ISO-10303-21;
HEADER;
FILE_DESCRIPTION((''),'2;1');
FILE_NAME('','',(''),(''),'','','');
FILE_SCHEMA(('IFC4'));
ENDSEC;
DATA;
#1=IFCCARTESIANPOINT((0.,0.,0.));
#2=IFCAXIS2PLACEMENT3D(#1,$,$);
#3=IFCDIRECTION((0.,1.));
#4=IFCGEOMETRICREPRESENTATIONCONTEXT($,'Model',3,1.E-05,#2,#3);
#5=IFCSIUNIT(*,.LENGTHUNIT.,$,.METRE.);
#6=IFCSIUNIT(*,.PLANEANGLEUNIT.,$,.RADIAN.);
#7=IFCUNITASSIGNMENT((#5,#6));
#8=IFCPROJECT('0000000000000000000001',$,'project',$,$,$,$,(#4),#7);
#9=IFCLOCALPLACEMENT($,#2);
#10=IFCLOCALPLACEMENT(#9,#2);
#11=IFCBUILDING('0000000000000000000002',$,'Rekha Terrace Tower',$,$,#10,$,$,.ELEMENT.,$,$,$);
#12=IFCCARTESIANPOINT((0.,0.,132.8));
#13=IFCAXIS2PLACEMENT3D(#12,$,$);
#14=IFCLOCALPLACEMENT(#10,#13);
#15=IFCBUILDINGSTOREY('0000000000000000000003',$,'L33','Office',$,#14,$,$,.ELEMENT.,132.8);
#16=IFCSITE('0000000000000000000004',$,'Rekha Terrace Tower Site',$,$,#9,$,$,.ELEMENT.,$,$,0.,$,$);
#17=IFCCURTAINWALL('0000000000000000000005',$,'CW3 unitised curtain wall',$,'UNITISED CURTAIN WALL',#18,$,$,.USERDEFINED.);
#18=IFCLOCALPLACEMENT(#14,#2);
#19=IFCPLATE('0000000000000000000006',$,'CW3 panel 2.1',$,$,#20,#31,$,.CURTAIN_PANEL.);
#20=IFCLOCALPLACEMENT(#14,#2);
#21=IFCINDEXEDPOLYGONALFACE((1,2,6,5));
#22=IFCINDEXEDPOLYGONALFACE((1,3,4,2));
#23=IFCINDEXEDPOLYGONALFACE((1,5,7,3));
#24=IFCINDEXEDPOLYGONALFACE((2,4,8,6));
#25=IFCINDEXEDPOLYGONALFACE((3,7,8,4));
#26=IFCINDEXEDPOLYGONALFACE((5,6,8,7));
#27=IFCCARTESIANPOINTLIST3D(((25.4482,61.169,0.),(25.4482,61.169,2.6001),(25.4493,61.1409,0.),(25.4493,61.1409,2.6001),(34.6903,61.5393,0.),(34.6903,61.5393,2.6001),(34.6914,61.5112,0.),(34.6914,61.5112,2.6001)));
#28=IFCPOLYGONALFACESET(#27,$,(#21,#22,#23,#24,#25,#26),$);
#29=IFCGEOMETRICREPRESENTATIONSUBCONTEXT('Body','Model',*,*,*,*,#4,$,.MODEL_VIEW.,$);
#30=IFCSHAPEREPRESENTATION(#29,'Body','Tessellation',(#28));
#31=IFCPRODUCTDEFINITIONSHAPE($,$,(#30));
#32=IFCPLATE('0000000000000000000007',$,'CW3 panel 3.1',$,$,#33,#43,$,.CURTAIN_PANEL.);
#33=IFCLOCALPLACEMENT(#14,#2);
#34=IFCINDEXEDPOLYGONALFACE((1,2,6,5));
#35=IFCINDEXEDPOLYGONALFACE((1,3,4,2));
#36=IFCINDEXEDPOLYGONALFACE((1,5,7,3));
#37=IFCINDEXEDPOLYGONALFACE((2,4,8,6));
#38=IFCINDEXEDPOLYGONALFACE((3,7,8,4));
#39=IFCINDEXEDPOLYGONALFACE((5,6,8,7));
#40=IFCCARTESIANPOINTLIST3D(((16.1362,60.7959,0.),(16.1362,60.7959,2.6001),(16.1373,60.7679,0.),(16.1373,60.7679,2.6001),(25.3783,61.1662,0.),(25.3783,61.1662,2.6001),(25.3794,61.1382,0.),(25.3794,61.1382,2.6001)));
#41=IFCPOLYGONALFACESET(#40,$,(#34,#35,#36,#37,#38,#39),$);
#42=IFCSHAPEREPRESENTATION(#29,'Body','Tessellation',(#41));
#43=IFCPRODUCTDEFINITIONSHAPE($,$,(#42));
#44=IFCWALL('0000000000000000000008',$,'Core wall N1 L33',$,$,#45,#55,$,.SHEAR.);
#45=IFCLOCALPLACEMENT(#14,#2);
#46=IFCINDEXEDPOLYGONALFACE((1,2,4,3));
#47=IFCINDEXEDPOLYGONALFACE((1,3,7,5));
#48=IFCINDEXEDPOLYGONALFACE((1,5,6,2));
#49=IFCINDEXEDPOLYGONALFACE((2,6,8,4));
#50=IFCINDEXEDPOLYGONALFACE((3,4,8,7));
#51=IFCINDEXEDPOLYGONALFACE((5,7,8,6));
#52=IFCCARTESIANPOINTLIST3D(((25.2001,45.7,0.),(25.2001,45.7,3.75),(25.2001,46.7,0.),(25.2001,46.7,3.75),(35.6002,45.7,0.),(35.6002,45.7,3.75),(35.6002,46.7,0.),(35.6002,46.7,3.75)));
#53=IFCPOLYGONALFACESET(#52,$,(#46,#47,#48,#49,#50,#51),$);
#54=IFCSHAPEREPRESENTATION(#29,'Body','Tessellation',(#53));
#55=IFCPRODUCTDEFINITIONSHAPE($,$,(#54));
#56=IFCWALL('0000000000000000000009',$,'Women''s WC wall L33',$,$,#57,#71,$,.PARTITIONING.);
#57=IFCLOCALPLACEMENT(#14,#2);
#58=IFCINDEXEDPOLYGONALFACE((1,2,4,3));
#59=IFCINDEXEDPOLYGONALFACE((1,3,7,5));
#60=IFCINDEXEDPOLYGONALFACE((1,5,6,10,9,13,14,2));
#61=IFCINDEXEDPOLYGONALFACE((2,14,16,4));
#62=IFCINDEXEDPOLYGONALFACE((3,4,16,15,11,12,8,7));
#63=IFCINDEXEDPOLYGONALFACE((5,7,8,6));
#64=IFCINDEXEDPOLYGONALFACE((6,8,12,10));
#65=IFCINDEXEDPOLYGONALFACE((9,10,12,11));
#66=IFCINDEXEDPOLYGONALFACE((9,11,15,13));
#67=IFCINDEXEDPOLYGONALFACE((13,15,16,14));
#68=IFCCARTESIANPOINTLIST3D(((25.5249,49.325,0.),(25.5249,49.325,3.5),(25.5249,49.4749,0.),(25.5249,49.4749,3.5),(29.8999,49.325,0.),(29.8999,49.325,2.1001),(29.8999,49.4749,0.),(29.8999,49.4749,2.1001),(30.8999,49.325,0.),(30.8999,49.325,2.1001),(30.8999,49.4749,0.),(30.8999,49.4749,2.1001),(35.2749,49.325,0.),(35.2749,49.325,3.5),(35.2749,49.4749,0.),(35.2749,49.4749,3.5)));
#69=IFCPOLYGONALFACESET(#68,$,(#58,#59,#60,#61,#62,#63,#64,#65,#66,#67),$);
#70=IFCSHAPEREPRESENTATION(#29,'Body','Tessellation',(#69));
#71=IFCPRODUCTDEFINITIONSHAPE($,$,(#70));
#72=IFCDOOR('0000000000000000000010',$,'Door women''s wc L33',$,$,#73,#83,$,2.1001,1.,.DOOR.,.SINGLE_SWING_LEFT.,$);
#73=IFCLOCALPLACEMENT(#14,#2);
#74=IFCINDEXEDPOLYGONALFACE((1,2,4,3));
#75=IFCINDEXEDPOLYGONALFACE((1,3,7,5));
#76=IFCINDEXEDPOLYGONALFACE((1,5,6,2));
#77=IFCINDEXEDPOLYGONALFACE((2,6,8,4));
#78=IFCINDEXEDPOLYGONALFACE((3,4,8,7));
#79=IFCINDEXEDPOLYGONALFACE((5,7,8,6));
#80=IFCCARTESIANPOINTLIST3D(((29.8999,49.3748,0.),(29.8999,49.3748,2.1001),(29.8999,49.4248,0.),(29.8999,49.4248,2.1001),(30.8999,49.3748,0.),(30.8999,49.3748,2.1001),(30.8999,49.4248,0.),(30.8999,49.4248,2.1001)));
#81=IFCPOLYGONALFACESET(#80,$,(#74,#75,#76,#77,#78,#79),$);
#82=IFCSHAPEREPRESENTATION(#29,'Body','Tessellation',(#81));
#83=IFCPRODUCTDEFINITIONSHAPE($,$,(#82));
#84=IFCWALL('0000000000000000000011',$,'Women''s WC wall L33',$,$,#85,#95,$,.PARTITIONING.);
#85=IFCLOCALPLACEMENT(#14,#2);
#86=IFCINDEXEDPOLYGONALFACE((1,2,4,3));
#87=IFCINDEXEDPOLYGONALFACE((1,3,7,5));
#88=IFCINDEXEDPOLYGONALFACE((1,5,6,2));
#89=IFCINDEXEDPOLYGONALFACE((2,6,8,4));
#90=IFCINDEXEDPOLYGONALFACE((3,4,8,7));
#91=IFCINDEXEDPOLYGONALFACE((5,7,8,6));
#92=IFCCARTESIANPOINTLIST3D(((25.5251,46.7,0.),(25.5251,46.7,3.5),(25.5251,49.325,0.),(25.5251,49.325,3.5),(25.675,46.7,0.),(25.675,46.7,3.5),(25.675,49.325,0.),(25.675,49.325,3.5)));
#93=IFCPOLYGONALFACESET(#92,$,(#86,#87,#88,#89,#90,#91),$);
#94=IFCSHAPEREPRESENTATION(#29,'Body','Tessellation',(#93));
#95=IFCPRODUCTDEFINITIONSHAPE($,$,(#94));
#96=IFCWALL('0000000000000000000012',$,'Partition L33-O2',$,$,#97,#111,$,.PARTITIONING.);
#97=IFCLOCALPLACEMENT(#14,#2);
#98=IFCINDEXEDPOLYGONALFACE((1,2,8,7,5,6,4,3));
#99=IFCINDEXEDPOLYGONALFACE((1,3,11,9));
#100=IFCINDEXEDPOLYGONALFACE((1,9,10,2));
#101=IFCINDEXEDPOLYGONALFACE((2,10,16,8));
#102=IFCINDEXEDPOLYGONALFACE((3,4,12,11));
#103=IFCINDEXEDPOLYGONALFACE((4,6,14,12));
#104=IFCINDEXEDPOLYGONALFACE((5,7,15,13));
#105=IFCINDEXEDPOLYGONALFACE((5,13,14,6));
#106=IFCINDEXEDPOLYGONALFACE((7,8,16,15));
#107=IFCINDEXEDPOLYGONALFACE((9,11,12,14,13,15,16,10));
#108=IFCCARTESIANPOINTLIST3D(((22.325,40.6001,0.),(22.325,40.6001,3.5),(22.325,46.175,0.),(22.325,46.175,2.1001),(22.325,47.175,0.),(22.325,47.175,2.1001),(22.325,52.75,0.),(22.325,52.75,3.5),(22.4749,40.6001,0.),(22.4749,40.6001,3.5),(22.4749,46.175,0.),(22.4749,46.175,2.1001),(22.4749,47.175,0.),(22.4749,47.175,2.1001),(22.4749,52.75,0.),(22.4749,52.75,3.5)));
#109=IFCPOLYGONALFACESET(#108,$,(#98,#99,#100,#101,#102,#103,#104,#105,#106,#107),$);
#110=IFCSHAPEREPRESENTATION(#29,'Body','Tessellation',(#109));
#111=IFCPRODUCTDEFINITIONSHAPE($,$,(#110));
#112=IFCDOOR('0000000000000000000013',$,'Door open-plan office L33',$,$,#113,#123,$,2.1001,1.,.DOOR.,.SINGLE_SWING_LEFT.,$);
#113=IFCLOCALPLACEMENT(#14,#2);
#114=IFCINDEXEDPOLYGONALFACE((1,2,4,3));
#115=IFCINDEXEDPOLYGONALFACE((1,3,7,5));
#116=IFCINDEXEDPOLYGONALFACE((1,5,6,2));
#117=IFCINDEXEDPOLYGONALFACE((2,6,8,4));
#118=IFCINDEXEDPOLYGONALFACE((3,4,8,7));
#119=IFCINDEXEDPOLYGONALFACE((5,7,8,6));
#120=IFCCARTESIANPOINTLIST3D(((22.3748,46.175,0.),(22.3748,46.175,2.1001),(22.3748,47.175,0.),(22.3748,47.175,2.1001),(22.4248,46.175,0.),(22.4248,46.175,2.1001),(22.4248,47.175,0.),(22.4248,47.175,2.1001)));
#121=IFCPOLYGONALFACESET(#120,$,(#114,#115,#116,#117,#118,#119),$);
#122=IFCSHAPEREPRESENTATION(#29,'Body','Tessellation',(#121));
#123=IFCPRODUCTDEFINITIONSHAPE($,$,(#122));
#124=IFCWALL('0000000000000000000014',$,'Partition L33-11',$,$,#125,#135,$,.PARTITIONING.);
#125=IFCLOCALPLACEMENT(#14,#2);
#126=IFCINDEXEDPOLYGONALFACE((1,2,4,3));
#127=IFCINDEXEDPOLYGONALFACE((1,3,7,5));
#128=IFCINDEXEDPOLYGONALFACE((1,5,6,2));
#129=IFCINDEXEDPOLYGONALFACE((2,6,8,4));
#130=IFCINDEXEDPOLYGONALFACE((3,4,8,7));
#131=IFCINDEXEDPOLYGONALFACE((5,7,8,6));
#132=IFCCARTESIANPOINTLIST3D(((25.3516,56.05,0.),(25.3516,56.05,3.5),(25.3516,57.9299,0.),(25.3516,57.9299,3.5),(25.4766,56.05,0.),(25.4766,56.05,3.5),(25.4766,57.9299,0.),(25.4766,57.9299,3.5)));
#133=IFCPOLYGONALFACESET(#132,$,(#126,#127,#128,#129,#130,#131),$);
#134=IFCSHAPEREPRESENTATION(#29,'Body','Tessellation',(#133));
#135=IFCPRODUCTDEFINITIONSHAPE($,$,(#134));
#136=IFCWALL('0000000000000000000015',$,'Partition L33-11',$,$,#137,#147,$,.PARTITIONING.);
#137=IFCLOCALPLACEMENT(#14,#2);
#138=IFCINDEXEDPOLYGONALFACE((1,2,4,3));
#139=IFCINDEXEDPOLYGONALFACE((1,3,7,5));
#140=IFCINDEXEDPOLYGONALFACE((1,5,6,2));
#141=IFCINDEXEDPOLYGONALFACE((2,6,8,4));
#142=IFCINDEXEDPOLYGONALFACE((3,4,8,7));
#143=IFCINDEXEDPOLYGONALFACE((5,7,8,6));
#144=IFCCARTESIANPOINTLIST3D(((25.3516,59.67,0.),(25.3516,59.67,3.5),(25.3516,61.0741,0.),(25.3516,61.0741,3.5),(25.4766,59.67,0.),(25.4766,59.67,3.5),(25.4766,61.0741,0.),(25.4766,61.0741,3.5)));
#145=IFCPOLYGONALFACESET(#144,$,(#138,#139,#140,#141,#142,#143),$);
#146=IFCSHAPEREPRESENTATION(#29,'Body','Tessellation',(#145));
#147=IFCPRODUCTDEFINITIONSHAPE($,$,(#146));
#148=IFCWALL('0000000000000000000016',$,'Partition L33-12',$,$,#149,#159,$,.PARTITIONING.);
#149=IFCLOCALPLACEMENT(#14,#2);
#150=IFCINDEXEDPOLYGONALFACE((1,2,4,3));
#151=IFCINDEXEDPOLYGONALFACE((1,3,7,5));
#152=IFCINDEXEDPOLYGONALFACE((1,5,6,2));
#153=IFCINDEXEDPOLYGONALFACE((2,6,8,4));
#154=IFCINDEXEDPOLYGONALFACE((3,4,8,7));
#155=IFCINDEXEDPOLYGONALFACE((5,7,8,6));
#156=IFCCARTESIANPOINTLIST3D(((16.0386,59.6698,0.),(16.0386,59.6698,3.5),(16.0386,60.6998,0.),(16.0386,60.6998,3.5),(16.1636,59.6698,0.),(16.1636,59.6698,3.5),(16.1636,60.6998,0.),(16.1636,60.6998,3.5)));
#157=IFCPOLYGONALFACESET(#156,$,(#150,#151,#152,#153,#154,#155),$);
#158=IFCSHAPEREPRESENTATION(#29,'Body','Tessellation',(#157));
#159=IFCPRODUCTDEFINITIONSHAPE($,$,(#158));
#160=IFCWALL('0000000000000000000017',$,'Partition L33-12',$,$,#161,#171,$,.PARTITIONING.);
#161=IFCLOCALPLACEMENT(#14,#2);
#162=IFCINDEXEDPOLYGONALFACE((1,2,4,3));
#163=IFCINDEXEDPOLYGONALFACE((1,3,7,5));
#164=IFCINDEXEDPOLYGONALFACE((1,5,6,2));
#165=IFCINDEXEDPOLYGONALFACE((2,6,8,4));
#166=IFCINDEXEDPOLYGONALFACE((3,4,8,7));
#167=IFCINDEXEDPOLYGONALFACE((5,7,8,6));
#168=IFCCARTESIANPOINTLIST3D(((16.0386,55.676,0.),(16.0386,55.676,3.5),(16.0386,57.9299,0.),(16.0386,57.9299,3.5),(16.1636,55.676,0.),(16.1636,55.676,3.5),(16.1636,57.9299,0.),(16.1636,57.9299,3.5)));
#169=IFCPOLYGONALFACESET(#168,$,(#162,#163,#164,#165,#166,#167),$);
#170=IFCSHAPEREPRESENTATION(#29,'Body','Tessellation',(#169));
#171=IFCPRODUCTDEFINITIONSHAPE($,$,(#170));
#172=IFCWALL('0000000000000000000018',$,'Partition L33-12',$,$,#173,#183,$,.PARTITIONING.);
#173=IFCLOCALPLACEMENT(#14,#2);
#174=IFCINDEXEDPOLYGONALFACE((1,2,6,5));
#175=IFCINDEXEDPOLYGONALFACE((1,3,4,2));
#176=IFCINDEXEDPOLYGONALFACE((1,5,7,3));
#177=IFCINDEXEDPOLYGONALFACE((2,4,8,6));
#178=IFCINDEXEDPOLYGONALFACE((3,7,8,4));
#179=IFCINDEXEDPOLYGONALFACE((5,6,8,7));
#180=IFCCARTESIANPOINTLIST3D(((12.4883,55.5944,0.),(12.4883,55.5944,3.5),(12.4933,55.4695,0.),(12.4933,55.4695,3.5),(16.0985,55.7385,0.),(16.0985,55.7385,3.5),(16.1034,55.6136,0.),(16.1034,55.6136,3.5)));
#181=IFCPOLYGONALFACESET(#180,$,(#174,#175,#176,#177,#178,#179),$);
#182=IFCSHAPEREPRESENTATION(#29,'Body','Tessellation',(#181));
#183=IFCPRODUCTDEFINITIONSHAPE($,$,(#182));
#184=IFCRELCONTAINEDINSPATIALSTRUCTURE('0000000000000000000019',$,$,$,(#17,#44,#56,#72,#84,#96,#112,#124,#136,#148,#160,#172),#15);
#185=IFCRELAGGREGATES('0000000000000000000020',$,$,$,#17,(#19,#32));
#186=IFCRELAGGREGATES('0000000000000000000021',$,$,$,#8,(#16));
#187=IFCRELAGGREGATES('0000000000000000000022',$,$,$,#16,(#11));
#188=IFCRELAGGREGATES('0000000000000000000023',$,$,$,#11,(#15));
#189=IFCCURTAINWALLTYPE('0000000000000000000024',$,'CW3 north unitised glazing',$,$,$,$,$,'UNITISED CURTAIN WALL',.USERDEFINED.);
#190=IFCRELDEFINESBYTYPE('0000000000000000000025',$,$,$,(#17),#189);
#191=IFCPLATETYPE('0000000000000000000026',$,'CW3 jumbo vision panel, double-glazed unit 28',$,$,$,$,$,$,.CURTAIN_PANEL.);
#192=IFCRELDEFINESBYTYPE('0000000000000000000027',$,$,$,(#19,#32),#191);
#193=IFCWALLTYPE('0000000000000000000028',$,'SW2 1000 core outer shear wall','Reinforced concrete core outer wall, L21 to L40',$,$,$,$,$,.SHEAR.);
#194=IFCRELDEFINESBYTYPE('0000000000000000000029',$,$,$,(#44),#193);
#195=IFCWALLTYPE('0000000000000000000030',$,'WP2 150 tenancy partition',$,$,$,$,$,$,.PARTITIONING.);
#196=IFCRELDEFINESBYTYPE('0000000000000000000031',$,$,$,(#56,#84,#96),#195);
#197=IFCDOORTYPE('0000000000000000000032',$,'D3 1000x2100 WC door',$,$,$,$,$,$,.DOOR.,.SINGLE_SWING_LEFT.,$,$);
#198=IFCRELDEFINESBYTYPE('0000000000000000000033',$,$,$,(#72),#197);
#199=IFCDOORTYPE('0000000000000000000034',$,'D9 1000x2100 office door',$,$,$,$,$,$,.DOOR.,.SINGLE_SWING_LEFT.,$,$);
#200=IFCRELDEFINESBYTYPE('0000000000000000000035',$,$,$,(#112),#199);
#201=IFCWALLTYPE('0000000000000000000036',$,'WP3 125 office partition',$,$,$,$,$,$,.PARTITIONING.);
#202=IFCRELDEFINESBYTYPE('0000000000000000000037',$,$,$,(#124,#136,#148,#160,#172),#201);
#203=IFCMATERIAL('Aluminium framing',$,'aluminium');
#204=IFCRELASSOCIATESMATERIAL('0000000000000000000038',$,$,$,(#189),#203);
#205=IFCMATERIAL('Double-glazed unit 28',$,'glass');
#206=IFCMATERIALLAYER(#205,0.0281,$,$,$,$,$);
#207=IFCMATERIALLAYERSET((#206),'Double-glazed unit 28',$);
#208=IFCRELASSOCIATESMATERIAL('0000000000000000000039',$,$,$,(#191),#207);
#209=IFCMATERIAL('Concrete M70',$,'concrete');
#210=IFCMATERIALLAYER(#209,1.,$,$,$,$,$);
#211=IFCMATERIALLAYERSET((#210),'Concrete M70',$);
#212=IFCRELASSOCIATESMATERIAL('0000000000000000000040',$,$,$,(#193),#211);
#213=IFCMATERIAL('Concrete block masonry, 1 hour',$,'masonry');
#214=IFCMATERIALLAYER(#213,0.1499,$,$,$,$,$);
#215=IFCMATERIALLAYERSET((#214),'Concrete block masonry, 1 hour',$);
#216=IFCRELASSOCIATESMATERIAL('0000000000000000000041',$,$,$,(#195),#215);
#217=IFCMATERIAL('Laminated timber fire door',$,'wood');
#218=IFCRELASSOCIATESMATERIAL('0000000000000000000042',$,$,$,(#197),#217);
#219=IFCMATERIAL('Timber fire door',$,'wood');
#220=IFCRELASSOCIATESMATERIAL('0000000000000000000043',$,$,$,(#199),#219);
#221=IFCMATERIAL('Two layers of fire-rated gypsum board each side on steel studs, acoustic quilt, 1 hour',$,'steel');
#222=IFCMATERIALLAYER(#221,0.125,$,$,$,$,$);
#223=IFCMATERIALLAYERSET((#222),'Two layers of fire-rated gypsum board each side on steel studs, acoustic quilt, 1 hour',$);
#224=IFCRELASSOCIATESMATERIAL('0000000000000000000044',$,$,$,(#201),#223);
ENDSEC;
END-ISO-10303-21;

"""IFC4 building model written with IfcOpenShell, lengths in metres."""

from ifc_helpers import new_model, si_unit, direction, frame, frame_2d, origin, origin_2d, place, context, subcontext, project, spatial, rectangle, extrude, material, layer, layer_set, type_object, element, fill, aggregate, save


model = new_model("IFC4")

# Units and contexts
model_context = context("Model", 3, precision=1e-05, world=origin(), true_north=direction((0.0, 1.0)))
body_context = subcontext(model_context, "Body", "Model", "MODEL_VIEW")
ifc_project = project(units=[si_unit("LENGTHUNIT", "METRE"), si_unit("PLANEANGLEUNIT", "RADIAN")], contexts=[model_context])

# Site, building, storey
site_placement = place(None, origin())
site = spatial("IfcSite", under=ifc_project, at=site_placement, Name="Rekha Terrace Tower Site", CompositionType="ELEMENT", RefElevation=0.0)
building_placement = place(site_placement, origin())
building = spatial("IfcBuilding", under=site, at=building_placement, Name="Rekha Terrace Tower", CompositionType="ELEMENT")
storey_placement = place(building_placement, frame((0.0, 0.0, 132.8)))
storey = spatial("IfcBuildingStorey", under=building, at=storey_placement, Name="L33", Description="Office", CompositionType="ELEMENT", Elevation=132.8)

# Shared definitions
ifc_material_1 = material(Name="Concrete M70", Category="concrete")

# Curtain wall, plates
ifc_material_2 = material(Name="Aluminium framing", Category="aluminium")
curtain_wall_type = type_object("IfcCurtainWallType", Name="CW3 north unitised glazing", ElementType="UNITISED CURTAIN WALL", PredefinedType="USERDEFINED", material=ifc_material_2)
curtain_wall_placement = place(storey_placement, origin())
curtain_wall = element("IfcCurtainWall", 1, at=curtain_wall_placement, inside=storey, type_object=curtain_wall_type, Name="CW3 unitised curtain wall", ObjectType="UNITISED CURTAIN WALL", PredefinedType="USERDEFINED")
ifc_material_3 = material(Name="Double-glazed unit 28", Category="glass")
ifc_layer_1 = layer(ifc_material_3, 0.0281)
ifc_layer_set_1 = layer_set([ifc_layer_1], Name="Double-glazed unit 28")
plate_type = type_object("IfcPlateType", Name="CW3 jumbo vision panel, double-glazed unit 28", PredefinedType="CURTAIN_PANEL", material=ifc_layer_set_1)
plate_1_placement = place(storey_placement, frame((30.0698, 61.3401, 0.0), z_axis=(0.0, 0.0, 1.0), x_axis=(-0.999198, -0.040032, 0.0)))
plate_1 = element("IfcPlate", 2, at=plate_1_placement, type_object=plate_type, Name="CW3 panel 2.1", PredefinedType="CURTAIN_PANEL", context=body_context, shape_type="SweptSolid", body=[
    extrude(rectangle(XDim=9.2495, YDim=0.0281, at=origin_2d()), origin(), (0.0, 0.0, 1.0), 2.6001),
])
plate_2_placement = place(storey_placement, frame((20.7578, 60.967, 0.0), z_axis=(0.0, 0.0, 1.0), x_axis=(-0.999198, -0.040032, 0.0)))
plate_2 = element("IfcPlate", 3, at=plate_2_placement, type_object=plate_type, Name="CW3 panel 3.1", PredefinedType="CURTAIN_PANEL", context=body_context, shape_type="SweptSolid", body=[
    extrude(rectangle(XDim=9.2495, YDim=0.0281, at=origin_2d()), origin(), (0.0, 0.0, 1.0), 2.6001),
])
aggregate(curtain_wall, [plate_1, plate_2])

# Wall
ifc_layer_2 = layer(ifc_material_1, 1.0)
ifc_layer_set_2 = layer_set([ifc_layer_2], Name="Concrete M70")
wall_type_1 = type_object("IfcWallType", Name="SW2 1000 core outer shear wall", Description="Reinforced concrete core outer wall, L21 to L40", PredefinedType="SHEAR", material=ifc_layer_set_2)
wall_1_placement = place(storey_placement, frame((25.2, 46.2, 0.0), z_axis=(0.0, 0.0, 1.0), x_axis=(1.0, 0.0, 0.0)))
element("IfcWall", 4, at=wall_1_placement, inside=storey, type_object=wall_type_1, Name="Core wall N1 L33", PredefinedType="SHEAR", context=body_context, shape_type="SweptSolid", body=[
    extrude(rectangle(XDim=10.4001, YDim=1.0, at=frame_2d((5.2002, 0.0))), origin(), (0.0, 0.0, 1.0), 3.75),
])

# Wall, opening, door
ifc_material_4 = material(Name="Concrete block masonry, 1 hour", Category="masonry")
ifc_layer_3 = layer(ifc_material_4, 0.1499)
ifc_layer_set_3 = layer_set([ifc_layer_3], Name="Concrete block masonry, 1 hour")
wall_type_2 = type_object("IfcWallType", Name="WP2 150 tenancy partition", PredefinedType="PARTITIONING", material=ifc_layer_set_3)
wall_2_placement = place(storey_placement, frame((25.5249, 49.3999, 0.0), z_axis=(0.0, 0.0, 1.0), x_axis=(1.0, 0.0, 0.0)))
wall_2 = element("IfcWall", 5, at=wall_2_placement, inside=storey, type_object=wall_type_2, Name="Women's WC wall L33", PredefinedType="PARTITIONING", context=body_context, shape_type="SweptSolid", body=[
    extrude(rectangle(XDim=9.75, YDim=0.1499, at=frame_2d((4.875, 0.0))), origin(), (0.0, 0.0, 1.0), 3.5),
])
opening_1_placement = place(wall_2_placement, frame((4.375, 0.0, 0.0)))
opening_1 = element("IfcOpeningElement", 6, at=opening_1_placement, cuts=wall_2, PredefinedType="OPENING", context=body_context, shape_type="SweptSolid", body=[
    extrude(rectangle(XDim=1.0, YDim=2.1001, at=frame_2d((0.5, 1.05))), frame((0.0, 0.085, 0.0), z_axis=(0.0, -1.0, 0.0), x_axis=(1.0, 0.0, 0.0)), (0.0, 0.0, 1.0), 0.1699),
])
ifc_material_5 = material(Name="Laminated timber fire door", Category="wood")
door_type_1 = type_object("IfcDoorType", Name="D3 1000x2100 WC door", OperationType="SINGLE_SWING_LEFT", PredefinedType="DOOR", material=ifc_material_5)
door_1_placement = place(opening_1_placement, origin())
door_1 = element("IfcDoor", 7, at=door_1_placement, inside=storey, type_object=door_type_1, Name="Door women's wc L33", OperationType="SINGLE_SWING_LEFT", OverallHeight=2.1001, OverallWidth=1.0, PredefinedType="DOOR", context=body_context, shape_type="SweptSolid", body=[
    extrude(rectangle(XDim=1.0, YDim=2.1001, at=frame_2d((0.5, 1.05))), frame((0.0, 0.0249, 0.0), z_axis=(0.0, -1.0, 0.0), x_axis=(1.0, 0.0, 0.0)), (0.0, 0.0, 1.0), 0.05),
])
fill(opening_1, door_1)

# Wall
wall_3_placement = place(storey_placement, frame((25.6001, 46.7, 0.0), z_axis=(0.0, 0.0, 1.0), x_axis=(0.0, 1.0, 0.0)))
element("IfcWall", 8, at=wall_3_placement, inside=storey, type_object=wall_type_2, Name="Women's WC wall L33", PredefinedType="PARTITIONING", context=body_context, shape_type="SweptSolid", body=[
    extrude(rectangle(XDim=2.625, YDim=0.1499, at=frame_2d((1.3125, 0.0))), origin(), (0.0, 0.0, 1.0), 3.5),
])

# Wall, opening, door
wall_4_placement = place(storey_placement, frame((22.3999, 52.75, 0.0), z_axis=(0.0, 0.0, 1.0), x_axis=(0.0, -1.0, 0.0)))
wall_4 = element("IfcWall", 9, at=wall_4_placement, inside=storey, type_object=wall_type_2, Name="Partition L33-O2", PredefinedType="PARTITIONING", context=body_context, shape_type="SweptSolid", body=[
    extrude(rectangle(XDim=12.1499, YDim=0.1499, at=frame_2d((6.075, 0.0))), origin(), (0.0, 0.0, 1.0), 3.5),
])
opening_2_placement = place(wall_4_placement, frame((5.575, 0.0, 0.0)))
opening_2 = element("IfcOpeningElement", 10, at=opening_2_placement, cuts=wall_4, PredefinedType="OPENING", context=body_context, shape_type="SweptSolid", body=[
    extrude(rectangle(XDim=1.0, YDim=2.1001, at=frame_2d((0.5, 1.05))), frame((0.0, 0.085, 0.0), z_axis=(0.0, -1.0, 0.0), x_axis=(1.0, 0.0, 0.0)), (0.0, 0.0, 1.0), 0.1699),
])
ifc_material_6 = material(Name="Timber fire door", Category="wood")
door_type_2 = type_object("IfcDoorType", Name="D9 1000x2100 office door", OperationType="SINGLE_SWING_LEFT", PredefinedType="DOOR", material=ifc_material_6)
door_2_placement = place(opening_2_placement, origin())
door_2 = element("IfcDoor", 11, at=door_2_placement, inside=storey, type_object=door_type_2, Name="Door open-plan office L33", OperationType="SINGLE_SWING_LEFT", OverallHeight=2.1001, OverallWidth=1.0, PredefinedType="DOOR", context=body_context, shape_type="SweptSolid", body=[
    extrude(rectangle(XDim=1.0, YDim=2.1001, at=frame_2d((0.5, 1.05))), frame((0.0, 0.0249, 0.0), z_axis=(0.0, -1.0, 0.0), x_axis=(1.0, 0.0, 0.0)), (0.0, 0.0, 1.0), 0.05),
])
fill(opening_2, door_2)

# Walls
ifc_material_7 = material(Name="Two layers of fire-rated gypsum board each side on steel studs, acoustic quilt, 1 hour", Category="steel")
ifc_layer_4 = layer(ifc_material_7, 0.125)
ifc_layer_set_4 = layer_set([ifc_layer_4], Name="Two layers of fire-rated gypsum board each side on steel studs, acoustic quilt, 1 hour")
wall_type_3 = type_object("IfcWallType", Name="WP3 125 office partition", PredefinedType="PARTITIONING", material=ifc_layer_set_4)
wall_5_placement = place(storey_placement, frame((25.4141, 56.05, 0.0), z_axis=(0.0, 0.0, 1.0), x_axis=(0.0, 1.0, 0.0)))
element("IfcWall", 12, at=wall_5_placement, inside=storey, type_object=wall_type_3, Name="Partition L33-11", PredefinedType="PARTITIONING", context=body_context, shape_type="SweptSolid", body=[
    extrude(rectangle(XDim=1.8799, YDim=0.125, at=frame_2d((0.9399, 0.0))), origin(), (0.0, 0.0, 1.0), 3.5),
])
wall_6_placement = place(storey_placement, frame((25.4141, 59.6699, 0.0), z_axis=(0.0, 0.0, 1.0), x_axis=(0.0, 1.0, 0.0)))
element("IfcWall", 13, at=wall_6_placement, inside=storey, type_object=wall_type_3, Name="Partition L33-11", PredefinedType="PARTITIONING", context=body_context, shape_type="SweptSolid", body=[
    extrude(rectangle(XDim=1.4041, YDim=0.125, at=frame_2d((0.7021, 0.0))), origin(), (0.0, 0.0, 1.0), 3.5),
])
wall_7_placement = place(storey_placement, frame((16.1011, 60.7, 0.0), z_axis=(0.0, 0.0, 1.0), x_axis=(0.0, -1.0, 0.0)))
element("IfcWall", 14, at=wall_7_placement, inside=storey, type_object=wall_type_3, Name="Partition L33-12", PredefinedType="PARTITIONING", context=body_context, shape_type="SweptSolid", body=[
    extrude(rectangle(XDim=1.03, YDim=0.125, at=frame_2d((0.5151, 0.0))), origin(), (0.0, 0.0, 1.0), 3.5),
])
wall_8_placement = place(storey_placement, frame((16.1011, 57.9299, 0.0), z_axis=(0.0, 0.0, 1.0), x_axis=(0.0, -1.0, 0.0)))
element("IfcWall", 15, at=wall_8_placement, inside=storey, type_object=wall_type_3, Name="Partition L33-12", PredefinedType="PARTITIONING", context=body_context, shape_type="SweptSolid", body=[
    extrude(rectangle(XDim=2.2539, YDim=0.125, at=frame_2d((1.127, 0.0))), origin(), (0.0, 0.0, 1.0), 3.5),
])
wall_9_placement = place(storey_placement, frame((16.1011, 55.676, 0.0), z_axis=(0.0, 0.0, 1.0), x_axis=(-0.999205, -0.039868, 0.0)))
element("IfcWall", 16, at=wall_9_placement, inside=storey, type_object=wall_type_3, Name="Partition L33-12", PredefinedType="PARTITIONING", context=body_context, shape_type="SweptSolid", body=[
    extrude(rectangle(XDim=3.613, YDim=0.125, at=frame_2d((1.8066, 0.0))), origin(), (0.0, 0.0, 1.0), 3.5),
])

save(model, "model.ifc")
